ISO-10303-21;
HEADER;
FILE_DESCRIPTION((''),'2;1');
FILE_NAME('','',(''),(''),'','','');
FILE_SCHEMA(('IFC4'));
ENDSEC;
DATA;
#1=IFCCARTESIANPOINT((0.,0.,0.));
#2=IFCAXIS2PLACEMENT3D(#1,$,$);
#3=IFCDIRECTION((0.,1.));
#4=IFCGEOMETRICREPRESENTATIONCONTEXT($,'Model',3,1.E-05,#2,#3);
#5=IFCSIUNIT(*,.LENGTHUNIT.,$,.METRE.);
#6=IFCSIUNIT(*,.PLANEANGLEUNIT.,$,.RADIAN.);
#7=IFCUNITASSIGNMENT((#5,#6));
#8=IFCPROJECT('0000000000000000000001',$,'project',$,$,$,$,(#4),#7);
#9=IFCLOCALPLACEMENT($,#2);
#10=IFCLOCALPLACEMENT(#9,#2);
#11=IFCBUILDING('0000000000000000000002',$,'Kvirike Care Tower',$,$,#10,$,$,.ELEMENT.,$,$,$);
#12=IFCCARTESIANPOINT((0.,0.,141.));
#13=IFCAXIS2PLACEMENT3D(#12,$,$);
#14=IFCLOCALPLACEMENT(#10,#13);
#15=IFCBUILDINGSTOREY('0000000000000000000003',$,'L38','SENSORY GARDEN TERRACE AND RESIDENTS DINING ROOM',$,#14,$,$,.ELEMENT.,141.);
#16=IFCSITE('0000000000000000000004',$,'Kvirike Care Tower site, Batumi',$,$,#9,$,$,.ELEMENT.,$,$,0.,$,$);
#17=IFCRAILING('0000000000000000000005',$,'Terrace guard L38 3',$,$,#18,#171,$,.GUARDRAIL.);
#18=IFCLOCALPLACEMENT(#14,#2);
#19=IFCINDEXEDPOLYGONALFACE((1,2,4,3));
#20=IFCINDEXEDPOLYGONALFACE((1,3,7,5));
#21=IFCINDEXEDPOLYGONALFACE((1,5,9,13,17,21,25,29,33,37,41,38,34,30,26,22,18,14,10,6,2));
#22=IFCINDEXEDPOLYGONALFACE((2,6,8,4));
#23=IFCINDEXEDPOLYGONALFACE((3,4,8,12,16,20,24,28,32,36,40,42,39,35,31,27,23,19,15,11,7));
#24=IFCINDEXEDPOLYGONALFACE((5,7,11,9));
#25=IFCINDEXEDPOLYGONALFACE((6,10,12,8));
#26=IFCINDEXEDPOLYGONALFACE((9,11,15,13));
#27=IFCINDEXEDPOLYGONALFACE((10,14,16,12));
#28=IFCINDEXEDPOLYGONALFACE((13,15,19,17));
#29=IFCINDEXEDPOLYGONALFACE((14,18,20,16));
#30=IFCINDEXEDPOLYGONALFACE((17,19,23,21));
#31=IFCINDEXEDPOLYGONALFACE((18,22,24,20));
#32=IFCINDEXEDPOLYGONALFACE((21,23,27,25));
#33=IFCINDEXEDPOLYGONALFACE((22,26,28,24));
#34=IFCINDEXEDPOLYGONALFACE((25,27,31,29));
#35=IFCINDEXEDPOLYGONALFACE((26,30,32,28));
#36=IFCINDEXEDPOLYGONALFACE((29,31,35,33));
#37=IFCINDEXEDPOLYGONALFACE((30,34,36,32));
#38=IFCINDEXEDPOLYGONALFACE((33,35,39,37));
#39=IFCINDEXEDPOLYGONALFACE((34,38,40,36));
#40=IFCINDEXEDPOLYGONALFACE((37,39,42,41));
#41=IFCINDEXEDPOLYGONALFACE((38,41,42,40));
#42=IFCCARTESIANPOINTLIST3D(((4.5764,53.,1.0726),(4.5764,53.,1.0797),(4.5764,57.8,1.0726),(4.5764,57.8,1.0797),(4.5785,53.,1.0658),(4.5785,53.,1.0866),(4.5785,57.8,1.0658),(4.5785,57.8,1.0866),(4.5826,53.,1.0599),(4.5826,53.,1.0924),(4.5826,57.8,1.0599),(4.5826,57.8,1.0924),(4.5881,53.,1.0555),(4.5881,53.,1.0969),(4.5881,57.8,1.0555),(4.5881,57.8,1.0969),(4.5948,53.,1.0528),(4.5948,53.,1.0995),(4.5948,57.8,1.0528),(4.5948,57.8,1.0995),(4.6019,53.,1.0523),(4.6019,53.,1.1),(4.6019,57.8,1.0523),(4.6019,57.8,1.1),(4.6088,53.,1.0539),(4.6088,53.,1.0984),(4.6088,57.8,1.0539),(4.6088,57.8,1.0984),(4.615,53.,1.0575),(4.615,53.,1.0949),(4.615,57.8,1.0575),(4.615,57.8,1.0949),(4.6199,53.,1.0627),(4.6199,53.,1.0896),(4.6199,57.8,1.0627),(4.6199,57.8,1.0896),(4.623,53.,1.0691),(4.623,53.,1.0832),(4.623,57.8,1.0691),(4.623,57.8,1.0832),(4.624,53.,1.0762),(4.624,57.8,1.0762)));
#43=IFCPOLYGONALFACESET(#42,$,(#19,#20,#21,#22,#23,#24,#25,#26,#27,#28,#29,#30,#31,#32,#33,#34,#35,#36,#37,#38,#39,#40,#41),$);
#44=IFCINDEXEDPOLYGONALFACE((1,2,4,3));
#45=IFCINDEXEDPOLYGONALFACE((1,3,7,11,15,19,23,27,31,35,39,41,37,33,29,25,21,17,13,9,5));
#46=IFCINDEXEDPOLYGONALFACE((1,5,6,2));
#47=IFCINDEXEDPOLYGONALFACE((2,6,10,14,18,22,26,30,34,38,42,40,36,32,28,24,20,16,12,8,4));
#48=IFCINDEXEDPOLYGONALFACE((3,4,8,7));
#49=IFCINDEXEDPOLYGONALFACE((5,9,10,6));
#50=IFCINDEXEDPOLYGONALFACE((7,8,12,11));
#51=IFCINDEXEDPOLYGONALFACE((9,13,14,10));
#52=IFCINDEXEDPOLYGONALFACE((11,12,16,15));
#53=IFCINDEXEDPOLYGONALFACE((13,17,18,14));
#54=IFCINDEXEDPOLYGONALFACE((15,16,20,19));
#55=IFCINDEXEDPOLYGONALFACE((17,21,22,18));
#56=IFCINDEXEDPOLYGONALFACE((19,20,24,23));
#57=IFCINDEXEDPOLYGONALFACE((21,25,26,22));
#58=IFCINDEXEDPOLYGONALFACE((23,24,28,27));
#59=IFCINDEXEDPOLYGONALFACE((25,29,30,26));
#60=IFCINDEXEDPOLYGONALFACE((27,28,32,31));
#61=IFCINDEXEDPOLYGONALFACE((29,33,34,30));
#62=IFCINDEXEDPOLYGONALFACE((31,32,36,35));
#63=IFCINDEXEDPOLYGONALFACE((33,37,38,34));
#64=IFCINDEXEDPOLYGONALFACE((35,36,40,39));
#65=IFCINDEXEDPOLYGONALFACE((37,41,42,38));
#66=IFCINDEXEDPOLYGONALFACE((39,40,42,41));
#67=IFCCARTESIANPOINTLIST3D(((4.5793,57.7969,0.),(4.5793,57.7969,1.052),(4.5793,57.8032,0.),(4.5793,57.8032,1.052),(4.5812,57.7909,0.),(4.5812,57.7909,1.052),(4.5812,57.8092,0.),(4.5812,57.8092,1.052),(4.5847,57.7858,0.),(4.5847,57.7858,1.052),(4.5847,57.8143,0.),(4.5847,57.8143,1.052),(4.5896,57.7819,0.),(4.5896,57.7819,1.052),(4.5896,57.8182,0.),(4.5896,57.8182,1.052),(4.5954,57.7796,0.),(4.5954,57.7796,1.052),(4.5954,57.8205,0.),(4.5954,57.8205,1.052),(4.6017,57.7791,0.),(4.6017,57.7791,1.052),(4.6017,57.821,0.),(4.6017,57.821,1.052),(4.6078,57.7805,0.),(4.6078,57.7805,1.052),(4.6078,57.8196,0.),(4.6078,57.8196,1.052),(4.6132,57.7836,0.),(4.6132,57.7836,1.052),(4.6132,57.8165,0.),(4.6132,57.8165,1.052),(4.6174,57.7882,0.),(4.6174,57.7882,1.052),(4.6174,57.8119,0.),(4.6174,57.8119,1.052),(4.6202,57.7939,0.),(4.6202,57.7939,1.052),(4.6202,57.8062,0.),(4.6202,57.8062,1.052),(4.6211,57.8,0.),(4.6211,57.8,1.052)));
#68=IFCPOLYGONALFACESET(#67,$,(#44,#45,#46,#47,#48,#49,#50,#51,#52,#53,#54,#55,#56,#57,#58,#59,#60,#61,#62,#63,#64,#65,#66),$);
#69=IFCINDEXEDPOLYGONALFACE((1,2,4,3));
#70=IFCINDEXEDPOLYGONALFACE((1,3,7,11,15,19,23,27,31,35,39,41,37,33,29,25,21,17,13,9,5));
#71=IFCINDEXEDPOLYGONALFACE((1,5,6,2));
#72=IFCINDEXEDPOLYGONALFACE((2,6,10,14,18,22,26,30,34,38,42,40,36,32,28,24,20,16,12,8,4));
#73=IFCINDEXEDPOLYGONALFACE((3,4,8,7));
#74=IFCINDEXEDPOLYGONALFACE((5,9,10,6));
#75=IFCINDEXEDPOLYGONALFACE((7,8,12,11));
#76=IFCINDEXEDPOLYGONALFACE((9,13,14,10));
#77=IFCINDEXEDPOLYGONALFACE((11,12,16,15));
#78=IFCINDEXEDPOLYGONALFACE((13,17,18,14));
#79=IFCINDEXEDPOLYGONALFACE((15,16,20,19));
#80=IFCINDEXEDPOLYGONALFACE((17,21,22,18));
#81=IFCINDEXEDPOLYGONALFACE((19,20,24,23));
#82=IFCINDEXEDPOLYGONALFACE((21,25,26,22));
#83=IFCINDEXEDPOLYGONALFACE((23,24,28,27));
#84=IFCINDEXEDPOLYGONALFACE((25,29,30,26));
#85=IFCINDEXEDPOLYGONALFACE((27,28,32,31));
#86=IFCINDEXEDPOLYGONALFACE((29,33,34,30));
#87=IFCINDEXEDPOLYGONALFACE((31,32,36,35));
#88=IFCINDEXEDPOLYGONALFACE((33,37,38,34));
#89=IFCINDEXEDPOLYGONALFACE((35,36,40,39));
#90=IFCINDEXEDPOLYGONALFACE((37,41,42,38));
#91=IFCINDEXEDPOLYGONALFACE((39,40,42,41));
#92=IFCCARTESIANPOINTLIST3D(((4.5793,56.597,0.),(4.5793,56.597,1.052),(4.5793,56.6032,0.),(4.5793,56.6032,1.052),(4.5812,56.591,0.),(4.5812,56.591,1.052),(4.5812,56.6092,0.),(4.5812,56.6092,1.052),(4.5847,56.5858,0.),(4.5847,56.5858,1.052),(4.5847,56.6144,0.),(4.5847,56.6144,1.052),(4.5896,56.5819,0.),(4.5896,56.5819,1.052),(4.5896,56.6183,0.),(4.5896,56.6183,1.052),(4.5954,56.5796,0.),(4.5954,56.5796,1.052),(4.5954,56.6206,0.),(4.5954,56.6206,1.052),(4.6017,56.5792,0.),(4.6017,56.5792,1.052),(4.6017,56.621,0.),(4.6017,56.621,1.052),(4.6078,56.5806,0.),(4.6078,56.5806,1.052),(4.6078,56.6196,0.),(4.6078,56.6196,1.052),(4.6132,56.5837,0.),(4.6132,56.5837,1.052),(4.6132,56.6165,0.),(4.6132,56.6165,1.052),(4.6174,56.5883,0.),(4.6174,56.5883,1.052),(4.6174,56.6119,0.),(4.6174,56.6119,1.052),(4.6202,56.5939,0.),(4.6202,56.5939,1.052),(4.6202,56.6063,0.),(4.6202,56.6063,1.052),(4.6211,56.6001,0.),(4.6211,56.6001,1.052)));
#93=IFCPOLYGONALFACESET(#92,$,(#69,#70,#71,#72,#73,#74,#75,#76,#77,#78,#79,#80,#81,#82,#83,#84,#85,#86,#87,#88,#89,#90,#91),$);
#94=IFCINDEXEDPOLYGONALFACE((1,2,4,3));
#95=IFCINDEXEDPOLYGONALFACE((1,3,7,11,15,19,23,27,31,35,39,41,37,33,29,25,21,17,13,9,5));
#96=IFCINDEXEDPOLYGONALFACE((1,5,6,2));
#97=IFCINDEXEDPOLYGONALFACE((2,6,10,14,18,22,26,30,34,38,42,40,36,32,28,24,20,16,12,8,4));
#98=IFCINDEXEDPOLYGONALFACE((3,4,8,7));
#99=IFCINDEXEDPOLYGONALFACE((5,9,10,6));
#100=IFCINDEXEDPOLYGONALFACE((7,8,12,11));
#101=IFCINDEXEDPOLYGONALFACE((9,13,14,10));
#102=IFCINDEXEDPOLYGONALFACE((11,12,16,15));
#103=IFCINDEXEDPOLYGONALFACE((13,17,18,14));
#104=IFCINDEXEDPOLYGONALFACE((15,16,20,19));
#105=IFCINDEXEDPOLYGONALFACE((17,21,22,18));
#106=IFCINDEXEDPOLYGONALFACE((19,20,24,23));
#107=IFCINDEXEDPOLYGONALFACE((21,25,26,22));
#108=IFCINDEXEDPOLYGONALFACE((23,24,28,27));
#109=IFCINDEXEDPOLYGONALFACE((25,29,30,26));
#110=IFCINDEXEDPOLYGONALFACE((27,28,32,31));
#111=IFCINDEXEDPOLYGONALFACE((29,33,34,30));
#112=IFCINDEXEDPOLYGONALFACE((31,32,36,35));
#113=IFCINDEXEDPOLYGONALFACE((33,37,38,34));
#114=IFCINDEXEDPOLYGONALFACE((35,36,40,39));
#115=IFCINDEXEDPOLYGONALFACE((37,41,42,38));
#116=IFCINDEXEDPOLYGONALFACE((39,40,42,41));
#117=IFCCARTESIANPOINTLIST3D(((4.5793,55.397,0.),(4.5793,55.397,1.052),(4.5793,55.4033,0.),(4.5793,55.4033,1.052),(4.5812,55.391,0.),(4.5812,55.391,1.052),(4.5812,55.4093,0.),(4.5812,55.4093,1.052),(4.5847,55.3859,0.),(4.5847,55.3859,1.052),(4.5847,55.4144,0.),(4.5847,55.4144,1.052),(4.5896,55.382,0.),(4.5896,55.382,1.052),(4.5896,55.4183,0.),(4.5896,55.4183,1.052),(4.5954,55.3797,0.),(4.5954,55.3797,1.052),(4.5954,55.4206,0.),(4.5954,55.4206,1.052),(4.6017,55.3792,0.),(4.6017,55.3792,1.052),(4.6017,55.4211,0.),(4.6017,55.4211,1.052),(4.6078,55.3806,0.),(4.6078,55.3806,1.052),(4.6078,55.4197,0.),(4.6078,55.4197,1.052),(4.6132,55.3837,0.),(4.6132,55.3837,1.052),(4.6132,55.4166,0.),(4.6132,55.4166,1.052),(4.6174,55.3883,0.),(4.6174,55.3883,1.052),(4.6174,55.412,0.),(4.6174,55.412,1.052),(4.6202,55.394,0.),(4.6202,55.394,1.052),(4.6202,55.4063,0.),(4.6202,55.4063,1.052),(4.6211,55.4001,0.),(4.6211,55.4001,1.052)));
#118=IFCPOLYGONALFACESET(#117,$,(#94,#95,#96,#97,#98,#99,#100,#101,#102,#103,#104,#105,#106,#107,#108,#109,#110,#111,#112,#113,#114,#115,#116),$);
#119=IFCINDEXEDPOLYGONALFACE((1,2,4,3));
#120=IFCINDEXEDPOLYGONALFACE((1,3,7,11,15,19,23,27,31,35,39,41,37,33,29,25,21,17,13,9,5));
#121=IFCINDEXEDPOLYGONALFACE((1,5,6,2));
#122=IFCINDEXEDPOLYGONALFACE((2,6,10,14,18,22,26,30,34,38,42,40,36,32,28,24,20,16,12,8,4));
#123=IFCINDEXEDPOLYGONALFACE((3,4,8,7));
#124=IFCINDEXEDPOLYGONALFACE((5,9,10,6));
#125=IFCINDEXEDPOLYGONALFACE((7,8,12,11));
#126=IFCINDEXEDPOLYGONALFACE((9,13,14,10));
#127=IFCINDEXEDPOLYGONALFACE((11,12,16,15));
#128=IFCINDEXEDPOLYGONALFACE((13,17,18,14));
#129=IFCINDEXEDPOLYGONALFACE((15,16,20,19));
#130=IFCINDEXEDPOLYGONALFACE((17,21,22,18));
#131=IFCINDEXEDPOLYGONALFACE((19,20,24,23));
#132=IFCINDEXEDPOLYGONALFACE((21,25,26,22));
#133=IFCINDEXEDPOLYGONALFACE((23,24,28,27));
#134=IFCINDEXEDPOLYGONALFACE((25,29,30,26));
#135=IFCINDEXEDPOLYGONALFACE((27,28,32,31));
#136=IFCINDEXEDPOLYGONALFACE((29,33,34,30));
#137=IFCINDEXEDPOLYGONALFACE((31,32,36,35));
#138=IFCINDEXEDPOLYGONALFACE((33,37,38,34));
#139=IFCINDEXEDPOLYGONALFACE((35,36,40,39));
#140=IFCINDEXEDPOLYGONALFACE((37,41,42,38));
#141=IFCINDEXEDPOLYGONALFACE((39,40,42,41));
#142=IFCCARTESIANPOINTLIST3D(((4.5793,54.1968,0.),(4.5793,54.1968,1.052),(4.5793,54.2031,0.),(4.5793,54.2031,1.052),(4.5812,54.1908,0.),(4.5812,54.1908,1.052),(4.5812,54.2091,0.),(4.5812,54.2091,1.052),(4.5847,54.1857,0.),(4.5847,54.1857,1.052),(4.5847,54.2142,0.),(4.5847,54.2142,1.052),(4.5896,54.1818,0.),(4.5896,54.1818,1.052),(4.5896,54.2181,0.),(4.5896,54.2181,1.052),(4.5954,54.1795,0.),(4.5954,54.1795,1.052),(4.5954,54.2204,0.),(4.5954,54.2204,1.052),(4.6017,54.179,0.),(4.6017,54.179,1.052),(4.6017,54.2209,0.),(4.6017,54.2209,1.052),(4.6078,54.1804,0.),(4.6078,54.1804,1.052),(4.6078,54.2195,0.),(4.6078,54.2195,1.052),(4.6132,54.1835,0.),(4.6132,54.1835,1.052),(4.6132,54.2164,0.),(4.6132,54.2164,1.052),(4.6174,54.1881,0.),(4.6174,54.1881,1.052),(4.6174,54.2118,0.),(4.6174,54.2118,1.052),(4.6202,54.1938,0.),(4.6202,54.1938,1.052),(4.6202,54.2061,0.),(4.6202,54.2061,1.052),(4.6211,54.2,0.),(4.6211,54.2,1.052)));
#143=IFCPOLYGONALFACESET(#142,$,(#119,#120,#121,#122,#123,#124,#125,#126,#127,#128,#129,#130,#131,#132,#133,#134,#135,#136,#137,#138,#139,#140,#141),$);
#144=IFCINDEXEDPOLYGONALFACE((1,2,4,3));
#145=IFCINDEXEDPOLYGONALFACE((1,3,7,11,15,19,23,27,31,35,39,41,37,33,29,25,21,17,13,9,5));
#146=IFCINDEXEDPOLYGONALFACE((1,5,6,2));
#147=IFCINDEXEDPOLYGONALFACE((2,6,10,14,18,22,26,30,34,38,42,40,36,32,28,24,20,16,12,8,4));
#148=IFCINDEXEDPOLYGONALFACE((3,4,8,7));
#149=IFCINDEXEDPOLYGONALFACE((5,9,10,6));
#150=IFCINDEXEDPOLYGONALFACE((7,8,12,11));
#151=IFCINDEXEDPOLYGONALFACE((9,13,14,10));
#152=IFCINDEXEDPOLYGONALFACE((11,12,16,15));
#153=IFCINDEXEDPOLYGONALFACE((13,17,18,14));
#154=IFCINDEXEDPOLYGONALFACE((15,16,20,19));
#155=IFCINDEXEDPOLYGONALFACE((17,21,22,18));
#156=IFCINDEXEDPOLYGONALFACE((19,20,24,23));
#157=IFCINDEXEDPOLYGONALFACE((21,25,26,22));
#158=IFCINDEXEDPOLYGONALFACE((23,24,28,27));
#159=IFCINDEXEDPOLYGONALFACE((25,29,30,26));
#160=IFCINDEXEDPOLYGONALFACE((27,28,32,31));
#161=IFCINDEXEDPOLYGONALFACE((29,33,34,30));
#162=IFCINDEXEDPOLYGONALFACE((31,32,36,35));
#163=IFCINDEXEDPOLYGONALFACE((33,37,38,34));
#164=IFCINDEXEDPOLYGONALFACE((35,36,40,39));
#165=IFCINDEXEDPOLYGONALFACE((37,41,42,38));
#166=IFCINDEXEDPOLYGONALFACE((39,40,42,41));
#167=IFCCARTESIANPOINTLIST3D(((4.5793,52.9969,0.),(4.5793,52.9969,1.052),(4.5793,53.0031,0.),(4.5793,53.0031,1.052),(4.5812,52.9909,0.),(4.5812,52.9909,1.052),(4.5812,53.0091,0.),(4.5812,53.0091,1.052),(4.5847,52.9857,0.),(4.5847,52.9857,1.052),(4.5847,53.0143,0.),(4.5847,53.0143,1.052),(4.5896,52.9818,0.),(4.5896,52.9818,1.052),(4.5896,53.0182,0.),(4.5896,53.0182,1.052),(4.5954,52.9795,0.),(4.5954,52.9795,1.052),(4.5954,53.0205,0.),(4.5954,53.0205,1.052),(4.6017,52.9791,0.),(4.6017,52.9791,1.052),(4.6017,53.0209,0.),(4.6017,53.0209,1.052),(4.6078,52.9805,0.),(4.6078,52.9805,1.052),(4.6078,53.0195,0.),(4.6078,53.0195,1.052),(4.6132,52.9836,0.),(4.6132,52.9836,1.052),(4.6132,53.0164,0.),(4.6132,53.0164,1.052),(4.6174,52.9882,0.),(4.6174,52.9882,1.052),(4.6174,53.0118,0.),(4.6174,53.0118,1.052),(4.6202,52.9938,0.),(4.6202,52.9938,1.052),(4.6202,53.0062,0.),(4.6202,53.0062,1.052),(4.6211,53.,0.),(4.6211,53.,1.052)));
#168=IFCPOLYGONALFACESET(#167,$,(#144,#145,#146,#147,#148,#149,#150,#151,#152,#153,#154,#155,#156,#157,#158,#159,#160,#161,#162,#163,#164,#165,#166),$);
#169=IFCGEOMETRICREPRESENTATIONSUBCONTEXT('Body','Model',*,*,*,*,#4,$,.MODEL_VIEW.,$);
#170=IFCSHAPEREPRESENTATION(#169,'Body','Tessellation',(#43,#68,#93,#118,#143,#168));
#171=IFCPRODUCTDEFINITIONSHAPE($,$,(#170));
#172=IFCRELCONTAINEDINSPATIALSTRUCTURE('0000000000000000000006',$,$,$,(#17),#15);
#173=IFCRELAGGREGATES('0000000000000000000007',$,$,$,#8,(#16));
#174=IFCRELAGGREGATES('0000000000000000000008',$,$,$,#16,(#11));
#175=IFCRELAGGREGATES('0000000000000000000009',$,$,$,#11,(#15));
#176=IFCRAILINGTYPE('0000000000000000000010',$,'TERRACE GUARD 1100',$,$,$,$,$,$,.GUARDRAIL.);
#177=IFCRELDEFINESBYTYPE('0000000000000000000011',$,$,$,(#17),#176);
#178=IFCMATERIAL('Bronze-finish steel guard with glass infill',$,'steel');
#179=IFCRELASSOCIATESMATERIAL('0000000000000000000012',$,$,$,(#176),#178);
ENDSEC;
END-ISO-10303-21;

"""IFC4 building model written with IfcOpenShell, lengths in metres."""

from ifc_helpers import new_model, si_unit, direction, frame, origin, origin_2d, place, context, subcontext, project, spatial, circle, extrude, material, type_object, element, save


model = new_model("IFC4")

# Units and contexts
model_context = context("Model", 3, precision=1e-05, world=origin(), true_north=direction((0.0, 1.0)))
body_context = subcontext(model_context, "Body", "Model", "MODEL_VIEW")
ifc_project = project(units=[si_unit("LENGTHUNIT", "METRE"), si_unit("PLANEANGLEUNIT", "RADIAN")], contexts=[model_context])

# Site, building, storey
site_placement = place(None, origin())
site = spatial("IfcSite", under=ifc_project, at=site_placement, Name="Kvirike Care Tower site, Batumi", CompositionType="ELEMENT", RefElevation=0.0)
building_placement = place(site_placement, origin())
building = spatial("IfcBuilding", under=site, at=building_placement, Name="Kvirike Care Tower", CompositionType="ELEMENT")
storey_placement = place(building_placement, frame((0.0, 0.0, 141.0)))
storey = spatial("IfcBuildingStorey", under=building, at=storey_placement, Name="L38", Description="SENSORY GARDEN TERRACE AND RESIDENTS DINING ROOM", CompositionType="ELEMENT", Elevation=141.0)

# Railing
ifc_material_1 = material(Name="Bronze-finish steel guard with glass infill", Category="steel")
railing_type = type_object("IfcRailingType", Name="TERRACE GUARD 1100", PredefinedType="GUARDRAIL", material=ifc_material_1)
railing_1_placement = place(storey_placement, frame((4.6001, 57.8, 0.0)))
element("IfcRailing", 1, at=railing_1_placement, inside=storey, type_object=railing_type, Name="Terrace guard L38 3", PredefinedType="GUARDRAIL", context=body_context, shape_type="SweptSolid", body=[
    extrude(circle(Radius=0.0239, at=origin_2d()), frame((0.0, 0.0, 1.0762), z_axis=(0.0, -1.0, 0.0), x_axis=(1.0, 0.0, 0.0)), (0.0, 0.0, 1.0), 4.8),
    extrude(circle(Radius=0.021, at=origin_2d()), origin(), (0.0, 0.0, 1.0), 1.052),
    extrude(circle(Radius=0.021, at=origin_2d()), frame((0.0, -1.2, 0.0)), (0.0, 0.0, 1.0), 1.052),
    extrude(circle(Radius=0.021, at=origin_2d()), frame((0.0, -2.3999, 0.0)), (0.0, 0.0, 1.0), 1.052),
    extrude(circle(Radius=0.021, at=origin_2d()), frame((0.0, -3.6001, 0.0)), (0.0, 0.0, 1.0), 1.052),
    extrude(circle(Radius=0.021, at=origin_2d()), frame((0.0, -4.8, 0.0)), (0.0, 0.0, 1.0), 1.052),
])

save(model, "model.ifc")
